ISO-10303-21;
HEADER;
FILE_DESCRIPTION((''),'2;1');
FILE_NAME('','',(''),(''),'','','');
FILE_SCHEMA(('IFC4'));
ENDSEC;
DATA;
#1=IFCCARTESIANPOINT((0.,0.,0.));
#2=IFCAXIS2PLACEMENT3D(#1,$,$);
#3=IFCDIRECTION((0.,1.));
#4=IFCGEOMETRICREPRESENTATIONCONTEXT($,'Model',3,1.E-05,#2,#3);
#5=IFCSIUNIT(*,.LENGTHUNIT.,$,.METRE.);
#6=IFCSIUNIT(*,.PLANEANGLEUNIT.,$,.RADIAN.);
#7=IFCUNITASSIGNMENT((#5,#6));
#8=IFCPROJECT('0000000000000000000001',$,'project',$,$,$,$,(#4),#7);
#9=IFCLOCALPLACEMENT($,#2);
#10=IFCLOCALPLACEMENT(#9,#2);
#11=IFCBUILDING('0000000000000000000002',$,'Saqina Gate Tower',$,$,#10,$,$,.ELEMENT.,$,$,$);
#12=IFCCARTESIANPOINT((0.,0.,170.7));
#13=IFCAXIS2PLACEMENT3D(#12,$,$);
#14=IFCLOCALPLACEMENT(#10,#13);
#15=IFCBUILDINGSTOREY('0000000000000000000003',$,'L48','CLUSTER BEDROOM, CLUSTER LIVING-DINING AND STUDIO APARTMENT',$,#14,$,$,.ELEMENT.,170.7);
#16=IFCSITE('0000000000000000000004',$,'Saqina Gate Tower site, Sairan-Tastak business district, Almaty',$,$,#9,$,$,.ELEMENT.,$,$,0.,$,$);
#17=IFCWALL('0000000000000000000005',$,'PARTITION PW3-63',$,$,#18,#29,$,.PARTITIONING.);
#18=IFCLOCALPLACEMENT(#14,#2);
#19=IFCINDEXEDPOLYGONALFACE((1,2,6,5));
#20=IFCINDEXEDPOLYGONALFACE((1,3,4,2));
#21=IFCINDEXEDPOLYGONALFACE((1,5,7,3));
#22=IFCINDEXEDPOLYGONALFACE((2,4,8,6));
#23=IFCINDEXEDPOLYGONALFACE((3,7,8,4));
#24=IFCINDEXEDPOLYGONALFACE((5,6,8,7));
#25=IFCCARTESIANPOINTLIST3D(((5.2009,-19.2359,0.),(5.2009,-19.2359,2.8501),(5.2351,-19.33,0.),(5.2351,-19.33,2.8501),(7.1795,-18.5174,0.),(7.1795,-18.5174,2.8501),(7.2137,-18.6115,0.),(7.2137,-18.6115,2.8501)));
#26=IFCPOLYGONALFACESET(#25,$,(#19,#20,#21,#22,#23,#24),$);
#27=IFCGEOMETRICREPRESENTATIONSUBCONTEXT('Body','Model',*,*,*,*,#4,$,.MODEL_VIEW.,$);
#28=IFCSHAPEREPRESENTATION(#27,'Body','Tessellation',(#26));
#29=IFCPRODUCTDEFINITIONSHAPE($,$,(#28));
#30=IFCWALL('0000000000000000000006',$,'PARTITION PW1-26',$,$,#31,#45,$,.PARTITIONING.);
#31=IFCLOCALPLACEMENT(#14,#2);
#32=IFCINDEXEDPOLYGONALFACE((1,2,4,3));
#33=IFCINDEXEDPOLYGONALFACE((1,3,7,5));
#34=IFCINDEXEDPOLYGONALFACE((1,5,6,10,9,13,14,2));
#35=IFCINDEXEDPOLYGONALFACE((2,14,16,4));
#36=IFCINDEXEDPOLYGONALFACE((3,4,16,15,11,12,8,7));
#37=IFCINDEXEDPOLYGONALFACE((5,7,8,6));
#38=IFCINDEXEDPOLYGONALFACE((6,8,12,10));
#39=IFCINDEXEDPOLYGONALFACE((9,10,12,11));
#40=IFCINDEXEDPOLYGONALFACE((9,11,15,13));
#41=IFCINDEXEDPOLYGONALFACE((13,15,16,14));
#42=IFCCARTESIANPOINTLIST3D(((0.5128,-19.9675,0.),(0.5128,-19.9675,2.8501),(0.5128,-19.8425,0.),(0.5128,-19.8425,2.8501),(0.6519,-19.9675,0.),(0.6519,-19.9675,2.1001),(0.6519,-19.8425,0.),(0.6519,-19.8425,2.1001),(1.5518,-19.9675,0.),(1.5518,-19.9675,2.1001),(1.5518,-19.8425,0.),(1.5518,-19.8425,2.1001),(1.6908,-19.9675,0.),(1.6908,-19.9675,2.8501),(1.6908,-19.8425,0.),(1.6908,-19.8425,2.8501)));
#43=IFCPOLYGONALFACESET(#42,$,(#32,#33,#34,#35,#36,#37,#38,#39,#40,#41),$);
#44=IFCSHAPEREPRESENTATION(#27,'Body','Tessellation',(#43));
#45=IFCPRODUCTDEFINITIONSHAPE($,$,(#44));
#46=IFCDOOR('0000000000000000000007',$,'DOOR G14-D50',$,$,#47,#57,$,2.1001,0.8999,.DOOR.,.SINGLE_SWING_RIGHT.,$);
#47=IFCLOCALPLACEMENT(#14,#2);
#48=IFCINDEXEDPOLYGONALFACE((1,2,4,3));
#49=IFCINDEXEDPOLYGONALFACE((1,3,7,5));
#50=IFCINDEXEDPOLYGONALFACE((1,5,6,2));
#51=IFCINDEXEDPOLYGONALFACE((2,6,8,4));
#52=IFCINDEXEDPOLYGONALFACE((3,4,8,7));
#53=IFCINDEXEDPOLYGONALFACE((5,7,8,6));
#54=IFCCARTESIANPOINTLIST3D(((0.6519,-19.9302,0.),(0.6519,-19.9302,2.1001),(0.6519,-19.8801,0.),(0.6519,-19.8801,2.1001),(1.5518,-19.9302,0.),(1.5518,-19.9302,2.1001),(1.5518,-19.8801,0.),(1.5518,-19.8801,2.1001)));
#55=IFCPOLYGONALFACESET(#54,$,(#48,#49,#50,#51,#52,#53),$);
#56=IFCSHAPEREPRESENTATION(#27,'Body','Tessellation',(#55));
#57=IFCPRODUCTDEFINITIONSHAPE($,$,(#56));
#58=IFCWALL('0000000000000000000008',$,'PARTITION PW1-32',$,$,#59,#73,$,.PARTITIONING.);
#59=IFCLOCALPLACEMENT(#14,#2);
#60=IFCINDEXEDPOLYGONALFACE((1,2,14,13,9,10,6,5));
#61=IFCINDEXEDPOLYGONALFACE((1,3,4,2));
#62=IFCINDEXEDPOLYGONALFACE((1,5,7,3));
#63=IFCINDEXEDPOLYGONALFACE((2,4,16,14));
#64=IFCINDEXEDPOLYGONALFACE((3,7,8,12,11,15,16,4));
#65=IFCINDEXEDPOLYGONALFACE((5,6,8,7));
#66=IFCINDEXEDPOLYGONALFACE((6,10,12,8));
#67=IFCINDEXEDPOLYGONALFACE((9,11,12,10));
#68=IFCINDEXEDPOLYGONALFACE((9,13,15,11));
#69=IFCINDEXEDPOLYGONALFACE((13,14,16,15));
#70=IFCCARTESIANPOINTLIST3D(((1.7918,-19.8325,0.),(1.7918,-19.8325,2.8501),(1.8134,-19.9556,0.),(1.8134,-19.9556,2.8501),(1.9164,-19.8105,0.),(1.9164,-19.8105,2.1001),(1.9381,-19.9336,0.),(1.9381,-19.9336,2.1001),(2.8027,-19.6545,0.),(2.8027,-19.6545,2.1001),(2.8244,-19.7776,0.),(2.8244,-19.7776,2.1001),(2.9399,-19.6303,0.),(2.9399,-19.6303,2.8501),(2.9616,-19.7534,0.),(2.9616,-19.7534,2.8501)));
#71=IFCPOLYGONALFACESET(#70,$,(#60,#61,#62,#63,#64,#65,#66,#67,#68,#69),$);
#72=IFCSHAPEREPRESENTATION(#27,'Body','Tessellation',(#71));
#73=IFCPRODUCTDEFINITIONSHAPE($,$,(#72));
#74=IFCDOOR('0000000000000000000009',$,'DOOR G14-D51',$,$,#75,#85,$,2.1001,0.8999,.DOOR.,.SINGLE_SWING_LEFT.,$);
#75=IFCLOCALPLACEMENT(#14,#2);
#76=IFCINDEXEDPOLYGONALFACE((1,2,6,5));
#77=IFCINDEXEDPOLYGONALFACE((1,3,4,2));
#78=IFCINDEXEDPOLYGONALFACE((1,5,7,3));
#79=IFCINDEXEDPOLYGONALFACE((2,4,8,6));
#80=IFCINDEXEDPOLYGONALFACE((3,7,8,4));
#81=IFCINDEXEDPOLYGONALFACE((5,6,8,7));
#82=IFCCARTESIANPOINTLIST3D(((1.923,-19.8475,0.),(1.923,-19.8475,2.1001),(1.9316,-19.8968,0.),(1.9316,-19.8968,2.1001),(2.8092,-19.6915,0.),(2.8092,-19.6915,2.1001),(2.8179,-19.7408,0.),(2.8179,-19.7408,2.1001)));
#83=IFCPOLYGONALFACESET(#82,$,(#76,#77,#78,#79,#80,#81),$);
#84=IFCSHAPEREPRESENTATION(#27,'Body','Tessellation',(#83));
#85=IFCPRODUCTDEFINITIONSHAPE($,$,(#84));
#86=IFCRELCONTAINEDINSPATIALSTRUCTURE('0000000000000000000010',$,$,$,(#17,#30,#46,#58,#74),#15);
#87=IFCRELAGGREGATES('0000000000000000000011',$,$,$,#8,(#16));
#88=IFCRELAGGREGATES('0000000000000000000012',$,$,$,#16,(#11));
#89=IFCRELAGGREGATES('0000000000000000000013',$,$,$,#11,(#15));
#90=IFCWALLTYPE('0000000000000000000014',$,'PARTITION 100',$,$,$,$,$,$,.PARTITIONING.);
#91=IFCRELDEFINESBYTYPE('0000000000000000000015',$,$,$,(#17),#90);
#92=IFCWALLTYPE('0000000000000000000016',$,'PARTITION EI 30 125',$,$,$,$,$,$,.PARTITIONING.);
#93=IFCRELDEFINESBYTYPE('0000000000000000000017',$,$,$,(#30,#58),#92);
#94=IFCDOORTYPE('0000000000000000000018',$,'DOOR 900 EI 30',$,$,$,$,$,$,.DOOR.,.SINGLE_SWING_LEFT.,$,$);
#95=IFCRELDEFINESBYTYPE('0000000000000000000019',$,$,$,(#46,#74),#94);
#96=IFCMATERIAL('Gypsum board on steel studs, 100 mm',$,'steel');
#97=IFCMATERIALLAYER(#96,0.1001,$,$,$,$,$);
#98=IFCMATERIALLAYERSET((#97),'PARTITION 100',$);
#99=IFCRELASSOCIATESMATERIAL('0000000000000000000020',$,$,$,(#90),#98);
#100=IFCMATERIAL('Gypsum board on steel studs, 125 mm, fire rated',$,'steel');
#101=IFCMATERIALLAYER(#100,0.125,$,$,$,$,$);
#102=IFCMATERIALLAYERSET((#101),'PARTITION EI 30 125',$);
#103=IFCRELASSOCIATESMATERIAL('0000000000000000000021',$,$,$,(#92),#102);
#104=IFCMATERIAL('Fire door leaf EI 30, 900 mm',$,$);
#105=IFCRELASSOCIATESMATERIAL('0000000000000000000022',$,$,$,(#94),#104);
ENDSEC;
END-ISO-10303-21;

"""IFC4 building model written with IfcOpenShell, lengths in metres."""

from ifc_helpers import new_model, si_unit, direction, frame, frame_2d, origin, place, context, subcontext, project, spatial, rectangle, extrude, material, layer, layer_set, type_object, element, fill, save


model = new_model("IFC4")

# Units and contexts
model_context = context("Model", 3, precision=1e-05, world=origin(), true_north=direction((0.0, 1.0)))
body_context = subcontext(model_context, "Body", "Model", "MODEL_VIEW")
ifc_project = project(units=[si_unit("LENGTHUNIT", "METRE"), si_unit("PLANEANGLEUNIT", "RADIAN")], contexts=[model_context])

# Site, building, storey
site_placement = place(None, origin())
site = spatial("IfcSite", under=ifc_project, at=site_placement, Name="Saqina Gate Tower site, Sairan-Tastak business district, Almaty", CompositionType="ELEMENT", RefElevation=0.0)
building_placement = place(site_placement, origin())
building = spatial("IfcBuilding", under=site, at=building_placement, Name="Saqina Gate Tower", CompositionType="ELEMENT")
storey_placement = place(building_placement, frame((0.0, 0.0, 170.7)))
storey = spatial("IfcBuildingStorey", under=building, at=storey_placement, Name="L48", Description="CLUSTER BEDROOM, CLUSTER LIVING-DINING AND STUDIO APARTMENT", CompositionType="ELEMENT", Elevation=170.7)

# Shared definitions
ifc_material_1 = material(Name="Gypsum board on steel studs, 100 mm", Category="steel")
ifc_layer_1 = layer(ifc_material_1, 0.1001)
ifc_layer_set_1 = layer_set([ifc_layer_1], Name="PARTITION 100")
wall_type_1 = type_object("IfcWallType", Name="PARTITION 100", PredefinedType="PARTITIONING", material=ifc_layer_set_1)

# Wall
wall_1_placement = place(storey_placement, frame((5.218, -19.283, 0.0), z_axis=(0.0, 0.0, 1.0), x_axis=(0.939939, 0.341343, 0.0)))
element("IfcWall", 1, at=wall_1_placement, inside=storey, type_object=wall_type_1, Name="PARTITION PW3-63", PredefinedType="PARTITIONING", context=body_context, shape_type="SweptSolid", body=[
    extrude(rectangle(XDim=2.105, YDim=0.1001, at=frame_2d((1.0525, 0.0))), origin(), (0.0, 0.0, 1.0), 2.8501),
])

# Walls, openings, doors
ifc_material_2 = material(Name="Gypsum board on steel studs, 125 mm, fire rated", Category="steel")
ifc_layer_2 = layer(ifc_material_2, 0.125)
ifc_layer_set_2 = layer_set([ifc_layer_2], Name="PARTITION EI 30 125")
wall_type_2 = type_object("IfcWallType", Name="PARTITION EI 30 125", PredefinedType="PARTITIONING", material=ifc_layer_set_2)
wall_2_placement = place(storey_placement, frame((0.5129, -19.905, 0.0), z_axis=(0.0, 0.0, 1.0), x_axis=(1.0, 0.0, 0.0)))
wall_2 = element("IfcWall", 2, at=wall_2_placement, inside=storey, type_object=wall_type_2, Name="PARTITION PW1-26", PredefinedType="PARTITIONING", context=body_context, shape_type="SweptSolid", body=[
    extrude(rectangle(XDim=1.178, YDim=0.125, at=frame_2d((0.5889, 0.0))), origin(), (0.0, 0.0, 1.0), 2.8501),
])
opening_1_placement = place(wall_2_placement, frame((0.1389, 0.0, 0.0)))
opening_1 = element("IfcOpeningElement", 3, at=opening_1_placement, cuts=wall_2, PredefinedType="OPENING", context=body_context, shape_type="SweptSolid", body=[
    extrude(rectangle(XDim=0.8999, YDim=2.1001, at=frame_2d((0.45, 1.05))), frame((0.0, 0.0745, 0.0), z_axis=(0.0, -1.0, 0.0), x_axis=(1.0, 0.0, 0.0)), (0.0, 0.0, 1.0), 0.1489),
])
ifc_material_3 = material(Name="Fire door leaf EI 30, 900 mm")
door_type_1 = type_object("IfcDoorType", Name="DOOR 900 EI 30", OperationType="SINGLE_SWING_LEFT", PredefinedType="DOOR", material=ifc_material_3)
door_1_placement = place(opening_1_placement, origin())
door_1 = element("IfcDoor", 4, at=door_1_placement, inside=storey, type_object=door_type_1, Name="DOOR G14-D50", OperationType="SINGLE_SWING_RIGHT", OverallHeight=2.1001, OverallWidth=0.8999, PredefinedType="DOOR", context=body_context, shape_type="SweptSolid", body=[
    extrude(rectangle(XDim=0.8999, YDim=2.1001, at=frame_2d((0.45, 1.05))), frame((0.0, 0.0249, 0.0), z_axis=(0.0, -1.0, 0.0), x_axis=(1.0, 0.0, 0.0)), (0.0, 0.0, 1.0), 0.05),
])
fill(opening_1, door_1)
wall_3_placement = place(storey_placement, frame((1.8025, -19.894, 0.0), z_axis=(0.0, 0.0, 1.0), x_axis=(0.984853, 0.173391, 0.0)))
wall_3 = element("IfcWall", 5, at=wall_3_placement, inside=storey, type_object=wall_type_2, Name="PARTITION PW1-32", PredefinedType="PARTITIONING", context=body_context, shape_type="SweptSolid", body=[
    extrude(rectangle(XDim=1.1658, YDim=0.125, at=frame_2d((0.583, 0.0))), origin(), (0.0, 0.0, 1.0), 2.8501),
])
opening_2_placement = place(wall_3_placement, frame((0.1267, 0.0, 0.0)))
opening_2 = element("IfcOpeningElement", 6, at=opening_2_placement, cuts=wall_3, PredefinedType="OPENING", context=body_context, shape_type="SweptSolid", body=[
    extrude(rectangle(XDim=0.8999, YDim=2.1001, at=frame_2d((0.45, 1.05))), frame((0.0, 0.0745, 0.0), z_axis=(0.0, -1.0, 0.0), x_axis=(1.0, 0.0, 0.0)), (0.0, 0.0, 1.0), 0.1489),
])
door_2_placement = place(opening_2_placement, origin())
door_2 = element("IfcDoor", 7, at=door_2_placement, inside=storey, type_object=door_type_1, Name="DOOR G14-D51", OperationType="SINGLE_SWING_LEFT", OverallHeight=2.1001, OverallWidth=0.8999, PredefinedType="DOOR", context=body_context, shape_type="SweptSolid", body=[
    extrude(rectangle(XDim=0.8999, YDim=2.1001, at=frame_2d((0.45, 1.05))), frame((0.0, 0.0249, 0.0), z_axis=(0.0, -1.0, 0.0), x_axis=(1.0, 0.0, 0.0)), (0.0, 0.0, 1.0), 0.05),
])
fill(opening_2, door_2)

save(model, "model.ifc")
